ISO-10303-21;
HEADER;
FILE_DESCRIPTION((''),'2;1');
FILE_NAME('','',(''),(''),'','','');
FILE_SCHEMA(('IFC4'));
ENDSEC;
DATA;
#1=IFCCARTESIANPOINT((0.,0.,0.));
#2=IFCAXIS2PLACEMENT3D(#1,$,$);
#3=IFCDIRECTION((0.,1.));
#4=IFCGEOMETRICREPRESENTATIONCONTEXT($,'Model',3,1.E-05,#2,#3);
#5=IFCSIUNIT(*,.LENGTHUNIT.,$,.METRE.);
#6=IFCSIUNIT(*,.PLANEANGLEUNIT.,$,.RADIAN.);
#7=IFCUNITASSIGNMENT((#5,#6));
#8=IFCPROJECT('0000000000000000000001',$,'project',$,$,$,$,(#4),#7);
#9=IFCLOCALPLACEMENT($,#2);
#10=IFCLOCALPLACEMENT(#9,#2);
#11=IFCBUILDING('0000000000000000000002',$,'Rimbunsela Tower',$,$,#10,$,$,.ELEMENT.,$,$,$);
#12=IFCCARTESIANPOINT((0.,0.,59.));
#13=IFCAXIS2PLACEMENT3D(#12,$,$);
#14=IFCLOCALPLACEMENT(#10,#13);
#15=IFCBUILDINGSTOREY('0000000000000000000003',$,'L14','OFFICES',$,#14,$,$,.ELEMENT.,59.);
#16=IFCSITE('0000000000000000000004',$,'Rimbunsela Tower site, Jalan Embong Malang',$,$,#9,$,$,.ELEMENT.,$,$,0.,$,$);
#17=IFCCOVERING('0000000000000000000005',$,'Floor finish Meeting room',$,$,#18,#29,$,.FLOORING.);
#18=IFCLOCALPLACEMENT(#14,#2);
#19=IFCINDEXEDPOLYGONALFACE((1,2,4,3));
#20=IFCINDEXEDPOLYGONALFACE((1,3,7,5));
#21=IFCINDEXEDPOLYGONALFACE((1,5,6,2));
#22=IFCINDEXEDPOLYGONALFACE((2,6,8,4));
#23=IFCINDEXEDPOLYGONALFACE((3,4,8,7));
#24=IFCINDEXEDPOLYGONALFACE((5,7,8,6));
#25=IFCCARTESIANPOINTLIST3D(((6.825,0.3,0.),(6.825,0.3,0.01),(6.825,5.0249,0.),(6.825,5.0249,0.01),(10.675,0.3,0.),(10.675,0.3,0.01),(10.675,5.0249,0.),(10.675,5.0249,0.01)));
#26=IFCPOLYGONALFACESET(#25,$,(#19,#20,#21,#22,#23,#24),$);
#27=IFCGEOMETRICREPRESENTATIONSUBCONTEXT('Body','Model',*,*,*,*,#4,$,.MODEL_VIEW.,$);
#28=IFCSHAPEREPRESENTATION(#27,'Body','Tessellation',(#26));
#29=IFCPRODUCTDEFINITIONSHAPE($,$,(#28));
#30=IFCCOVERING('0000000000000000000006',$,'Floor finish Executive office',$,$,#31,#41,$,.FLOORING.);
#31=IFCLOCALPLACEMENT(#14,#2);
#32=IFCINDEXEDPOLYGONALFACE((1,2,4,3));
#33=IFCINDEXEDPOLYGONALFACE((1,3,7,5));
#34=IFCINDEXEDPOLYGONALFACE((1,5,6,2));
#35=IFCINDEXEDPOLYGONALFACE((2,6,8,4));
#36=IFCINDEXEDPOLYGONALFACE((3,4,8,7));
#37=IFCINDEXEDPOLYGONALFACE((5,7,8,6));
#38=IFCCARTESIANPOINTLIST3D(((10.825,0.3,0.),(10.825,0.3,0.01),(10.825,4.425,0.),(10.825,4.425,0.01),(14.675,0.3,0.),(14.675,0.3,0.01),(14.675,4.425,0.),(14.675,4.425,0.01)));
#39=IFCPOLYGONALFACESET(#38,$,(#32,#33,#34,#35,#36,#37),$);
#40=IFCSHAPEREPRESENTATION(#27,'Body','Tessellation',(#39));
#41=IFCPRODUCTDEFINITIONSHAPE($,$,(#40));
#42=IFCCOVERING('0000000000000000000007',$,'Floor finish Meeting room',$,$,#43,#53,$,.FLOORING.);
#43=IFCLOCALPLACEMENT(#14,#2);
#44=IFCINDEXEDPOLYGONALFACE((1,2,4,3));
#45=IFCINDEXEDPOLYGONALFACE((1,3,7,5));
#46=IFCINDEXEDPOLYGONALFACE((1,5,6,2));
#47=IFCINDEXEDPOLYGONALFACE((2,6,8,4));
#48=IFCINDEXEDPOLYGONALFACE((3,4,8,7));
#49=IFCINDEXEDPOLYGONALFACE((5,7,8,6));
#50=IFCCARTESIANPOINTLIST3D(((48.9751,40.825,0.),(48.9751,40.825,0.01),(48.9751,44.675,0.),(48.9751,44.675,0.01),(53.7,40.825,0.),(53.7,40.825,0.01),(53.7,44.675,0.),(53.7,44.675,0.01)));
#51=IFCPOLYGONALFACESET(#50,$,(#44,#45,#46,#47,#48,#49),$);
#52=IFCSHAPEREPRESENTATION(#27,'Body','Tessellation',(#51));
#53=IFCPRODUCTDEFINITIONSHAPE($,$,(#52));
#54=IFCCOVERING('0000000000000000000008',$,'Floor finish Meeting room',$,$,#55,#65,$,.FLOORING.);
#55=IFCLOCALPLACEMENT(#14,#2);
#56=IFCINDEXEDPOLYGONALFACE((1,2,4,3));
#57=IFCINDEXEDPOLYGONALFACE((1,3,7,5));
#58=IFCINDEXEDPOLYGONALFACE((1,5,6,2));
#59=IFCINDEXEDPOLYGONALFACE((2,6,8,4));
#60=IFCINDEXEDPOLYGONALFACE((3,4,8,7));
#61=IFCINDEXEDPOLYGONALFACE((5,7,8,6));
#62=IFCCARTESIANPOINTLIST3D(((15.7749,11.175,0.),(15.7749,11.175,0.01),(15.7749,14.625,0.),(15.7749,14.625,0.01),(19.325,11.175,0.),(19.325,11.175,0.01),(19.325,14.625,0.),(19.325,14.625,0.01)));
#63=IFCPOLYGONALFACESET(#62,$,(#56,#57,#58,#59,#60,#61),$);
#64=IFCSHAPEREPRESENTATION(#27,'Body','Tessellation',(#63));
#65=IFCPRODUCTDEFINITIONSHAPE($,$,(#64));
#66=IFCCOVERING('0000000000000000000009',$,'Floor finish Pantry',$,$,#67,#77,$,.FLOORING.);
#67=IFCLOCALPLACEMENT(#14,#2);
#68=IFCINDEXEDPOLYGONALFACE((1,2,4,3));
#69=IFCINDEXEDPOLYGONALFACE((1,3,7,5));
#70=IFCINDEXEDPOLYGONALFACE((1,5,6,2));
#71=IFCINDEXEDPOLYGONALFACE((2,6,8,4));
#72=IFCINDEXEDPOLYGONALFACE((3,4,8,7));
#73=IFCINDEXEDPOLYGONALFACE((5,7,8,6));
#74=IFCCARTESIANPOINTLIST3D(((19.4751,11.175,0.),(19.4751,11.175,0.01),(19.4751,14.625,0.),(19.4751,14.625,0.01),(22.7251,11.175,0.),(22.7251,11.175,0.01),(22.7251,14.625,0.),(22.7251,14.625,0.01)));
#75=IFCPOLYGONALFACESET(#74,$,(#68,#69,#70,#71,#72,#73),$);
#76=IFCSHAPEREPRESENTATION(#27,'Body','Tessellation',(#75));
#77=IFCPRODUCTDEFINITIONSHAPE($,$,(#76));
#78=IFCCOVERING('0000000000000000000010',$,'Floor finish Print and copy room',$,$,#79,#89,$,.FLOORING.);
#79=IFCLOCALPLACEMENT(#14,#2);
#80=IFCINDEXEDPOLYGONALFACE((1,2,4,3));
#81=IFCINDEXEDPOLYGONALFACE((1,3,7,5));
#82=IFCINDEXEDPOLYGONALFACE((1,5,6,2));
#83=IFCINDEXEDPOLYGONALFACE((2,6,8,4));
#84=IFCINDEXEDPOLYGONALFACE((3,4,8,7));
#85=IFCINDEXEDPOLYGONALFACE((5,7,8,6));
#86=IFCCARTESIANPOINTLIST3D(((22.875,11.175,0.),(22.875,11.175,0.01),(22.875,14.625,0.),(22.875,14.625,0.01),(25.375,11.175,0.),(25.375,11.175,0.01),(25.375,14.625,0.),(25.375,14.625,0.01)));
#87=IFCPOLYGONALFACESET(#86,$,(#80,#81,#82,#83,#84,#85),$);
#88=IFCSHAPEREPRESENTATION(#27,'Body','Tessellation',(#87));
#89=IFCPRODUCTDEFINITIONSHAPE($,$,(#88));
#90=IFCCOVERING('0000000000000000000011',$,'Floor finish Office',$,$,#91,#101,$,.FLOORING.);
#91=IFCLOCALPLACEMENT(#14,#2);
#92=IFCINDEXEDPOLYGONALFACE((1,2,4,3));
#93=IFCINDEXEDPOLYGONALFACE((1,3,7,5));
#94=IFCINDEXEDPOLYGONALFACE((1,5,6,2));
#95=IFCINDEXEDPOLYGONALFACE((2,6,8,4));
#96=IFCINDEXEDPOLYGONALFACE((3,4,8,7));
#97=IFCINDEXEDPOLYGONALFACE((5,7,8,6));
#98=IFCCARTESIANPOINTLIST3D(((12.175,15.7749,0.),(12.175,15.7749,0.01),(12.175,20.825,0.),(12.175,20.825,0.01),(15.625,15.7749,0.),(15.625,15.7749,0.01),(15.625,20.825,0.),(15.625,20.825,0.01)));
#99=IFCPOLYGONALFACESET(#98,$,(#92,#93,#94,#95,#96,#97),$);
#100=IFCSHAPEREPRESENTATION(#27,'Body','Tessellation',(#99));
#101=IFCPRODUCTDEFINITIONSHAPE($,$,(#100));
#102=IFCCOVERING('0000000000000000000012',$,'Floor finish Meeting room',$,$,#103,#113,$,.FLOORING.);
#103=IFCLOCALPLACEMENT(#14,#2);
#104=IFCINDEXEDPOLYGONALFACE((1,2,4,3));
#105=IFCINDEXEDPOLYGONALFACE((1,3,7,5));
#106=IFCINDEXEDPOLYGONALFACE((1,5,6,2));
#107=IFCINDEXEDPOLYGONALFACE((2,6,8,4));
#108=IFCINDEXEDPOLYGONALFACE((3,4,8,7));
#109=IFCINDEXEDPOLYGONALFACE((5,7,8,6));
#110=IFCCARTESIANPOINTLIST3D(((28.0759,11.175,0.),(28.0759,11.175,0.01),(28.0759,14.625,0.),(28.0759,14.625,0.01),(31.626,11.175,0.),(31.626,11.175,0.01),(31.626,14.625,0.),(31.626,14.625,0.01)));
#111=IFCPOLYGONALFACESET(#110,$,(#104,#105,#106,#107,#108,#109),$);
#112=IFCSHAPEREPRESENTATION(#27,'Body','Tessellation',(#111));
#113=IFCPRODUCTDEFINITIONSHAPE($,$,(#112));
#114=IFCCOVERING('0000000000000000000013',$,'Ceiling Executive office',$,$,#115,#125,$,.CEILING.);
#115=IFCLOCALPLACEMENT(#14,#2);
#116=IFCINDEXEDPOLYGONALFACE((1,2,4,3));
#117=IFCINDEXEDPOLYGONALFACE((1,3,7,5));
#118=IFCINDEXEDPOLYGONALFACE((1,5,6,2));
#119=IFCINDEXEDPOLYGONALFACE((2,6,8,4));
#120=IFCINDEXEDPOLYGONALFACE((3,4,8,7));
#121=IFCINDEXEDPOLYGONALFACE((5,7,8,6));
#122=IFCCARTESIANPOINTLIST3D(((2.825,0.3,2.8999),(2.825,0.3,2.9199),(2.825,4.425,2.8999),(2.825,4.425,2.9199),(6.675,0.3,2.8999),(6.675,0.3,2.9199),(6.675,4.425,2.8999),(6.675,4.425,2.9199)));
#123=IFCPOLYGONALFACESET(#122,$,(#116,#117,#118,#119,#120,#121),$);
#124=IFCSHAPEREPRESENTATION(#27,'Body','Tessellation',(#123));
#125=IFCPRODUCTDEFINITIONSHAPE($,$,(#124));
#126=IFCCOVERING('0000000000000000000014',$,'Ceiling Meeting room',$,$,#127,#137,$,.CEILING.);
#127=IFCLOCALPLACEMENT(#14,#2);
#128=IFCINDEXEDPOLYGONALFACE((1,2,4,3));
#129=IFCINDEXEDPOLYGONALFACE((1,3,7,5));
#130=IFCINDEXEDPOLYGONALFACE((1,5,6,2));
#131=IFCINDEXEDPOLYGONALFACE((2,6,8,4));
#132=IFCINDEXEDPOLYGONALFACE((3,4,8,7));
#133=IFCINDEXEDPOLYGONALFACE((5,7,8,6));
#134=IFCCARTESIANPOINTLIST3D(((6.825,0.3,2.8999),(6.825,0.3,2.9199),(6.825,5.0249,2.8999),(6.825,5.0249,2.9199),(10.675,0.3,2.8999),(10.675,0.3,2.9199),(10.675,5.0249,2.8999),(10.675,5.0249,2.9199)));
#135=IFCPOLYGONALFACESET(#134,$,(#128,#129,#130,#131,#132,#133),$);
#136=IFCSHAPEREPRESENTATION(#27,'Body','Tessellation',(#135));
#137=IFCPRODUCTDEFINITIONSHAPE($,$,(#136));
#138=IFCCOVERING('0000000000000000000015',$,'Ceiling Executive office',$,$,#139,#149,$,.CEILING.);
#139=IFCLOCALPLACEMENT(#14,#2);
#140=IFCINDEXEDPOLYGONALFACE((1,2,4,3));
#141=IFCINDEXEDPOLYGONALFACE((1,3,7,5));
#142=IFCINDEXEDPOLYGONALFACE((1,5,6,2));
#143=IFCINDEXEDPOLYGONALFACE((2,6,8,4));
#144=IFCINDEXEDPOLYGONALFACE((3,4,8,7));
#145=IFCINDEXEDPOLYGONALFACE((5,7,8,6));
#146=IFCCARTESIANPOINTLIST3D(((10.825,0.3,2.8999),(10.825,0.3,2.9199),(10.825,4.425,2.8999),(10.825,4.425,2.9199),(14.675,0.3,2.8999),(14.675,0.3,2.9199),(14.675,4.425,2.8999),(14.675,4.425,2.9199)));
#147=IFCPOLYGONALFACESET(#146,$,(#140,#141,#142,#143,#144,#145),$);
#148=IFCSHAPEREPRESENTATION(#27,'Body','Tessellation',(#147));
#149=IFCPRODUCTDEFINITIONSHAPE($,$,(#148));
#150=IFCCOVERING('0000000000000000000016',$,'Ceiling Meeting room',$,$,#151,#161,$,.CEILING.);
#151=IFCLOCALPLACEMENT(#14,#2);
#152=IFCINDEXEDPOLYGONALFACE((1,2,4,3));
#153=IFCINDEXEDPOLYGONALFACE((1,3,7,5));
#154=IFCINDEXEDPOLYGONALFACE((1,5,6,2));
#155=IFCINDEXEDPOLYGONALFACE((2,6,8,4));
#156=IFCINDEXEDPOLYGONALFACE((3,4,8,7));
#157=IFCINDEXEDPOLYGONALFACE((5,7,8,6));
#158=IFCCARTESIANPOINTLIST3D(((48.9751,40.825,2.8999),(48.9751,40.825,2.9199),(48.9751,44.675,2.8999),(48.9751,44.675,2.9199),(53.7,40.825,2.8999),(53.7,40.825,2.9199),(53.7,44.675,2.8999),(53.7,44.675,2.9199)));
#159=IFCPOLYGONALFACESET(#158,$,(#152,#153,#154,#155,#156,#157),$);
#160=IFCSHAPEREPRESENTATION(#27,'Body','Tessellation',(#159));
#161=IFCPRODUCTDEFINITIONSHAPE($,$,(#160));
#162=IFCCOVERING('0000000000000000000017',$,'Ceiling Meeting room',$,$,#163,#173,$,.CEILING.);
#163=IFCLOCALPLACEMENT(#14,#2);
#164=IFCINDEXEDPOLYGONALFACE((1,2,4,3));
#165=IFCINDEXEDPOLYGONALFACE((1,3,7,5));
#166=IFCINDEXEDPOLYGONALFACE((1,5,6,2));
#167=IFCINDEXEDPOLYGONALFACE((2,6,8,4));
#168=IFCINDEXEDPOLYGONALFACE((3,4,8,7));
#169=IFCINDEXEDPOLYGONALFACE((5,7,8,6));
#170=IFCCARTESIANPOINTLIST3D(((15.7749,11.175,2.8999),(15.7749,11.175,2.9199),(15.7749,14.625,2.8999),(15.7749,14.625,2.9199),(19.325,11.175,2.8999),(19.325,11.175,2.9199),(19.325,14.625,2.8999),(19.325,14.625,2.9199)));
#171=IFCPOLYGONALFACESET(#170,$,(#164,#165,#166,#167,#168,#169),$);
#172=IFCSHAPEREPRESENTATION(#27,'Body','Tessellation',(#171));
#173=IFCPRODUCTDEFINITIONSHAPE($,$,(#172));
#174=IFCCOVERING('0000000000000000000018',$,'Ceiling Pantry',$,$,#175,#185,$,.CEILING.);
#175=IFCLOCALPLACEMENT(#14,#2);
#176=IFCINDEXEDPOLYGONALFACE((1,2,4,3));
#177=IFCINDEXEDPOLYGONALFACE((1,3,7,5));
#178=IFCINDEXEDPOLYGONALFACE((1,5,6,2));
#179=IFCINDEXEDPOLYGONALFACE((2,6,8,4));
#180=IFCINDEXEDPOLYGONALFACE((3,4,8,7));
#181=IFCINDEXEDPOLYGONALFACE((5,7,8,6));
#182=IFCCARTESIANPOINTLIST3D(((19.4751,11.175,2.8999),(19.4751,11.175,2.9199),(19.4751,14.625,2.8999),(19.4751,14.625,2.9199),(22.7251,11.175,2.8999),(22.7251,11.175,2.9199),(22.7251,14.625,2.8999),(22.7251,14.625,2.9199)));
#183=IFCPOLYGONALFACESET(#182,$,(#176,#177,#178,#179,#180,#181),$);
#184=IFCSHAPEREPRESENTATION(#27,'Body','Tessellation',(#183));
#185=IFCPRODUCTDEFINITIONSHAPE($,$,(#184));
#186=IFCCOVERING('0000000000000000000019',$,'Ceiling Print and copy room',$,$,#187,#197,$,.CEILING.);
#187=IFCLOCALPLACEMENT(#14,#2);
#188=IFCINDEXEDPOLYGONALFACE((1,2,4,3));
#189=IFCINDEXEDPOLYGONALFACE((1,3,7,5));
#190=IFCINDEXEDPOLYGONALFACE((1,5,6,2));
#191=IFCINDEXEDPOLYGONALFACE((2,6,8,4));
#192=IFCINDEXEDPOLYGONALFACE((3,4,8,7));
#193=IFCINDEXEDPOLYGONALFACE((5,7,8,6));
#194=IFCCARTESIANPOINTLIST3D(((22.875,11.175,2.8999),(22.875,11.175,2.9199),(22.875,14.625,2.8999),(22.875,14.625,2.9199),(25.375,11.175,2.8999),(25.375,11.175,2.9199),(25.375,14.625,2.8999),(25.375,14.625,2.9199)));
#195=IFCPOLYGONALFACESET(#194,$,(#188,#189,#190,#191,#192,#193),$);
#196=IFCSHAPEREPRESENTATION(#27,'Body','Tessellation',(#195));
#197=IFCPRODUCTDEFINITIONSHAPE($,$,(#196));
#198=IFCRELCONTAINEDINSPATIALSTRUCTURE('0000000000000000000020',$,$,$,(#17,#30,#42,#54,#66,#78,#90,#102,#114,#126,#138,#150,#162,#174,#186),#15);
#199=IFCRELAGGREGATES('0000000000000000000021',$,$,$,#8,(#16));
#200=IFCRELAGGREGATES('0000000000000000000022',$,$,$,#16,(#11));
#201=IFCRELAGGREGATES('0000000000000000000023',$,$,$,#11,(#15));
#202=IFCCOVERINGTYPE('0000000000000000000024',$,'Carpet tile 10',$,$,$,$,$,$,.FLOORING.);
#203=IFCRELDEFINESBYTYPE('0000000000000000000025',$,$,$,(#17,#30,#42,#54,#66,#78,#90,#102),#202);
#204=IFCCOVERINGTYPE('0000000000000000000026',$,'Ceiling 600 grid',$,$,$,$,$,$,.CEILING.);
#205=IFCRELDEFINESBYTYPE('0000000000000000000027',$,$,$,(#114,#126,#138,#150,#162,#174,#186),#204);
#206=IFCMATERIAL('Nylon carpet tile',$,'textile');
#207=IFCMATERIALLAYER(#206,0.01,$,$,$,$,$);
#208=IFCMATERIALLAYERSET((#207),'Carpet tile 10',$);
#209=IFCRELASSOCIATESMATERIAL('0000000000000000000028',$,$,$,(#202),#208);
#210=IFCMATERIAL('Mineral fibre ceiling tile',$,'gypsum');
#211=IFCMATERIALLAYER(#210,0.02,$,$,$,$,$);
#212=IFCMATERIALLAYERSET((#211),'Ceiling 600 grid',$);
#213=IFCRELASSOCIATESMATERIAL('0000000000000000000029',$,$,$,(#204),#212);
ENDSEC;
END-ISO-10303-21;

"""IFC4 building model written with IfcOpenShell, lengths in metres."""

from ifc_helpers import new_model, si_unit, direction, frame, origin, place, context, subcontext, project, spatial, polyline, outline, extrude, material, layer, layer_set, type_object, element, save


model = new_model("IFC4")

# Units and contexts
model_context = context("Model", 3, precision=1e-05, world=origin(), true_north=direction((0.0, 1.0)))
body_context = subcontext(model_context, "Body", "Model", "MODEL_VIEW")
ifc_project = project(units=[si_unit("LENGTHUNIT", "METRE"), si_unit("PLANEANGLEUNIT", "RADIAN")], contexts=[model_context])

# Site, building, storey
site_placement = place(None, origin())
site = spatial("IfcSite", under=ifc_project, at=site_placement, Name="Rimbunsela Tower site, Jalan Embong Malang", CompositionType="ELEMENT", RefElevation=0.0)
building_placement = place(site_placement, origin())
building = spatial("IfcBuilding", under=site, at=building_placement, Name="Rimbunsela Tower", CompositionType="ELEMENT")
storey_placement = place(building_placement, frame((0.0, 0.0, 59.0)))
storey = spatial("IfcBuildingStorey", under=building, at=storey_placement, Name="L14", Description="OFFICES", CompositionType="ELEMENT", Elevation=59.0)

# Coverings
ifc_material_1 = material(Name="Nylon carpet tile", Category="textile")
ifc_layer_1 = layer(ifc_material_1, 0.01)
ifc_layer_set_1 = layer_set([ifc_layer_1], Name="Carpet tile 10")
covering_type_1 = type_object("IfcCoveringType", Name="Carpet tile 10", PredefinedType="FLOORING", material=ifc_layer_set_1)
covering_1_placement = place(storey_placement, origin())
element("IfcCovering", 1, at=covering_1_placement, inside=storey, type_object=covering_type_1, Name="Floor finish Meeting room", PredefinedType="FLOORING", context=body_context, shape_type="SweptSolid", body=[
    extrude(outline(polyline([(10.675, 0.3), (10.675, 5.0249), (6.825, 5.0249), (6.825, 0.3), (10.675, 0.3)])), origin(), (0.0, 0.0, 1.0), 0.01),
])
covering_2_placement = place(storey_placement, origin())
element("IfcCovering", 2, at=covering_2_placement, inside=storey, type_object=covering_type_1, Name="Floor finish Executive office", PredefinedType="FLOORING", context=body_context, shape_type="SweptSolid", body=[
    extrude(outline(polyline([(14.675, 0.3), (14.675, 4.425), (10.825, 4.425), (10.825, 0.3), (14.675, 0.3)])), origin(), (0.0, 0.0, 1.0), 0.01),
])
covering_3_placement = place(storey_placement, origin())
element("IfcCovering", 3, at=covering_3_placement, inside=storey, type_object=covering_type_1, Name="Floor finish Meeting room", PredefinedType="FLOORING", context=body_context, shape_type="SweptSolid", body=[
    extrude(outline(polyline([(53.7, 40.825), (53.7, 44.675), (48.9751, 44.675), (48.9751, 40.825), (53.7, 40.825)])), origin(), (0.0, 0.0, 1.0), 0.01),
])
covering_4_placement = place(storey_placement, origin())
element("IfcCovering", 4, at=covering_4_placement, inside=storey, type_object=covering_type_1, Name="Floor finish Meeting room", PredefinedType="FLOORING", context=body_context, shape_type="SweptSolid", body=[
    extrude(outline(polyline([(19.325, 11.175), (19.325, 14.625), (15.7749, 14.625), (15.7749, 11.175), (19.325, 11.175)])), origin(), (0.0, 0.0, 1.0), 0.01),
])
covering_5_placement = place(storey_placement, origin())
element("IfcCovering", 5, at=covering_5_placement, inside=storey, type_object=covering_type_1, Name="Floor finish Pantry", PredefinedType="FLOORING", context=body_context, shape_type="SweptSolid", body=[
    extrude(outline(polyline([(22.7251, 11.175), (22.7251, 14.625), (19.4751, 14.625), (19.4751, 11.175), (22.7251, 11.175)])), origin(), (0.0, 0.0, 1.0), 0.01),
])
covering_6_placement = place(storey_placement, origin())
element("IfcCovering", 6, at=covering_6_placement, inside=storey, type_object=covering_type_1, Name="Floor finish Print and copy room", PredefinedType="FLOORING", context=body_context, shape_type="SweptSolid", body=[
    extrude(outline(polyline([(25.375, 11.175), (25.375, 14.625), (22.875, 14.625), (22.875, 11.175), (25.375, 11.175)])), origin(), (0.0, 0.0, 1.0), 0.01),
])
covering_7_placement = place(storey_placement, origin())
element("IfcCovering", 7, at=covering_7_placement, inside=storey, type_object=covering_type_1, Name="Floor finish Office", PredefinedType="FLOORING", context=body_context, shape_type="SweptSolid", body=[
    extrude(outline(polyline([(15.625, 15.7749), (15.625, 20.825), (12.175, 20.825), (12.175, 15.7749), (15.625, 15.7749)])), origin(), (0.0, 0.0, 1.0), 0.01),
])
covering_8_placement = place(storey_placement, origin())
element("IfcCovering", 8, at=covering_8_placement, inside=storey, type_object=covering_type_1, Name="Floor finish Meeting room", PredefinedType="FLOORING", context=body_context, shape_type="SweptSolid", body=[
    extrude(outline(polyline([(31.626, 11.175), (31.626, 14.625), (28.0759, 14.625), (28.0759, 11.175), (31.626, 11.175)])), origin(), (0.0, 0.0, 1.0), 0.01),
])
ifc_material_2 = material(Name="Mineral fibre ceiling tile", Category="gypsum")
ifc_layer_2 = layer(ifc_material_2, 0.02)
ifc_layer_set_2 = layer_set([ifc_layer_2], Name="Ceiling 600 grid")
covering_type_2 = type_object("IfcCoveringType", Name="Ceiling 600 grid", PredefinedType="CEILING", material=ifc_layer_set_2)
covering_9_placement = place(storey_placement, frame((0.0, 0.0, 2.8999)))
element("IfcCovering", 9, at=covering_9_placement, inside=storey, type_object=covering_type_2, Name="Ceiling Executive office", PredefinedType="CEILING", context=body_context, shape_type="SweptSolid", body=[
    extrude(outline(polyline([(6.675, 0.3), (6.675, 4.425), (2.825, 4.425), (2.825, 0.3), (6.675, 0.3)])), origin(), (0.0, 0.0, 1.0), 0.02),
])
covering_10_placement = place(storey_placement, frame((0.0, 0.0, 2.8999)))
element("IfcCovering", 10, at=covering_10_placement, inside=storey, type_object=covering_type_2, Name="Ceiling Meeting room", PredefinedType="CEILING", context=body_context, shape_type="SweptSolid", body=[
    extrude(outline(polyline([(10.675, 0.3), (10.675, 5.0249), (6.825, 5.0249), (6.825, 0.3), (10.675, 0.3)])), origin(), (0.0, 0.0, 1.0), 0.02),
])
covering_11_placement = place(storey_placement, frame((0.0, 0.0, 2.8999)))
element("IfcCovering", 11, at=covering_11_placement, inside=storey, type_object=covering_type_2, Name="Ceiling Executive office", PredefinedType="CEILING", context=body_context, shape_type="SweptSolid", body=[
    extrude(outline(polyline([(14.675, 0.3), (14.675, 4.425), (10.825, 4.425), (10.825, 0.3), (14.675, 0.3)])), origin(), (0.0, 0.0, 1.0), 0.02),
])
covering_12_placement = place(storey_placement, frame((0.0, 0.0, 2.8999)))
element("IfcCovering", 12, at=covering_12_placement, inside=storey, type_object=covering_type_2, Name="Ceiling Meeting room", PredefinedType="CEILING", context=body_context, shape_type="SweptSolid", body=[
    extrude(outline(polyline([(53.7, 40.825), (53.7, 44.675), (48.9751, 44.675), (48.9751, 40.825), (53.7, 40.825)])), origin(), (0.0, 0.0, 1.0), 0.02),
])
covering_13_placement = place(storey_placement, frame((0.0, 0.0, 2.8999)))
element("IfcCovering", 13, at=covering_13_placement, inside=storey, type_object=covering_type_2, Name="Ceiling Meeting room", PredefinedType="CEILING", context=body_context, shape_type="SweptSolid", body=[
    extrude(outline(polyline([(19.325, 11.175), (19.325, 14.625), (15.7749, 14.625), (15.7749, 11.175), (19.325, 11.175)])), origin(), (0.0, 0.0, 1.0), 0.02),
])
covering_14_placement = place(storey_placement, frame((0.0, 0.0, 2.8999)))
element("IfcCovering", 14, at=covering_14_placement, inside=storey, type_object=covering_type_2, Name="Ceiling Pantry", PredefinedType="CEILING", context=body_context, shape_type="SweptSolid", body=[
    extrude(outline(polyline([(22.7251, 11.175), (22.7251, 14.625), (19.4751, 14.625), (19.4751, 11.175), (22.7251, 11.175)])), origin(), (0.0, 0.0, 1.0), 0.02),
])
covering_15_placement = place(storey_placement, frame((0.0, 0.0, 2.8999)))
element("IfcCovering", 15, at=covering_15_placement, inside=storey, type_object=covering_type_2, Name="Ceiling Print and copy room", PredefinedType="CEILING", context=body_context, shape_type="SweptSolid", body=[
    extrude(outline(polyline([(25.375, 11.175), (25.375, 14.625), (22.875, 14.625), (22.875, 11.175), (25.375, 11.175)])), origin(), (0.0, 0.0, 1.0), 0.02),
])

save(model, "model.ifc")
